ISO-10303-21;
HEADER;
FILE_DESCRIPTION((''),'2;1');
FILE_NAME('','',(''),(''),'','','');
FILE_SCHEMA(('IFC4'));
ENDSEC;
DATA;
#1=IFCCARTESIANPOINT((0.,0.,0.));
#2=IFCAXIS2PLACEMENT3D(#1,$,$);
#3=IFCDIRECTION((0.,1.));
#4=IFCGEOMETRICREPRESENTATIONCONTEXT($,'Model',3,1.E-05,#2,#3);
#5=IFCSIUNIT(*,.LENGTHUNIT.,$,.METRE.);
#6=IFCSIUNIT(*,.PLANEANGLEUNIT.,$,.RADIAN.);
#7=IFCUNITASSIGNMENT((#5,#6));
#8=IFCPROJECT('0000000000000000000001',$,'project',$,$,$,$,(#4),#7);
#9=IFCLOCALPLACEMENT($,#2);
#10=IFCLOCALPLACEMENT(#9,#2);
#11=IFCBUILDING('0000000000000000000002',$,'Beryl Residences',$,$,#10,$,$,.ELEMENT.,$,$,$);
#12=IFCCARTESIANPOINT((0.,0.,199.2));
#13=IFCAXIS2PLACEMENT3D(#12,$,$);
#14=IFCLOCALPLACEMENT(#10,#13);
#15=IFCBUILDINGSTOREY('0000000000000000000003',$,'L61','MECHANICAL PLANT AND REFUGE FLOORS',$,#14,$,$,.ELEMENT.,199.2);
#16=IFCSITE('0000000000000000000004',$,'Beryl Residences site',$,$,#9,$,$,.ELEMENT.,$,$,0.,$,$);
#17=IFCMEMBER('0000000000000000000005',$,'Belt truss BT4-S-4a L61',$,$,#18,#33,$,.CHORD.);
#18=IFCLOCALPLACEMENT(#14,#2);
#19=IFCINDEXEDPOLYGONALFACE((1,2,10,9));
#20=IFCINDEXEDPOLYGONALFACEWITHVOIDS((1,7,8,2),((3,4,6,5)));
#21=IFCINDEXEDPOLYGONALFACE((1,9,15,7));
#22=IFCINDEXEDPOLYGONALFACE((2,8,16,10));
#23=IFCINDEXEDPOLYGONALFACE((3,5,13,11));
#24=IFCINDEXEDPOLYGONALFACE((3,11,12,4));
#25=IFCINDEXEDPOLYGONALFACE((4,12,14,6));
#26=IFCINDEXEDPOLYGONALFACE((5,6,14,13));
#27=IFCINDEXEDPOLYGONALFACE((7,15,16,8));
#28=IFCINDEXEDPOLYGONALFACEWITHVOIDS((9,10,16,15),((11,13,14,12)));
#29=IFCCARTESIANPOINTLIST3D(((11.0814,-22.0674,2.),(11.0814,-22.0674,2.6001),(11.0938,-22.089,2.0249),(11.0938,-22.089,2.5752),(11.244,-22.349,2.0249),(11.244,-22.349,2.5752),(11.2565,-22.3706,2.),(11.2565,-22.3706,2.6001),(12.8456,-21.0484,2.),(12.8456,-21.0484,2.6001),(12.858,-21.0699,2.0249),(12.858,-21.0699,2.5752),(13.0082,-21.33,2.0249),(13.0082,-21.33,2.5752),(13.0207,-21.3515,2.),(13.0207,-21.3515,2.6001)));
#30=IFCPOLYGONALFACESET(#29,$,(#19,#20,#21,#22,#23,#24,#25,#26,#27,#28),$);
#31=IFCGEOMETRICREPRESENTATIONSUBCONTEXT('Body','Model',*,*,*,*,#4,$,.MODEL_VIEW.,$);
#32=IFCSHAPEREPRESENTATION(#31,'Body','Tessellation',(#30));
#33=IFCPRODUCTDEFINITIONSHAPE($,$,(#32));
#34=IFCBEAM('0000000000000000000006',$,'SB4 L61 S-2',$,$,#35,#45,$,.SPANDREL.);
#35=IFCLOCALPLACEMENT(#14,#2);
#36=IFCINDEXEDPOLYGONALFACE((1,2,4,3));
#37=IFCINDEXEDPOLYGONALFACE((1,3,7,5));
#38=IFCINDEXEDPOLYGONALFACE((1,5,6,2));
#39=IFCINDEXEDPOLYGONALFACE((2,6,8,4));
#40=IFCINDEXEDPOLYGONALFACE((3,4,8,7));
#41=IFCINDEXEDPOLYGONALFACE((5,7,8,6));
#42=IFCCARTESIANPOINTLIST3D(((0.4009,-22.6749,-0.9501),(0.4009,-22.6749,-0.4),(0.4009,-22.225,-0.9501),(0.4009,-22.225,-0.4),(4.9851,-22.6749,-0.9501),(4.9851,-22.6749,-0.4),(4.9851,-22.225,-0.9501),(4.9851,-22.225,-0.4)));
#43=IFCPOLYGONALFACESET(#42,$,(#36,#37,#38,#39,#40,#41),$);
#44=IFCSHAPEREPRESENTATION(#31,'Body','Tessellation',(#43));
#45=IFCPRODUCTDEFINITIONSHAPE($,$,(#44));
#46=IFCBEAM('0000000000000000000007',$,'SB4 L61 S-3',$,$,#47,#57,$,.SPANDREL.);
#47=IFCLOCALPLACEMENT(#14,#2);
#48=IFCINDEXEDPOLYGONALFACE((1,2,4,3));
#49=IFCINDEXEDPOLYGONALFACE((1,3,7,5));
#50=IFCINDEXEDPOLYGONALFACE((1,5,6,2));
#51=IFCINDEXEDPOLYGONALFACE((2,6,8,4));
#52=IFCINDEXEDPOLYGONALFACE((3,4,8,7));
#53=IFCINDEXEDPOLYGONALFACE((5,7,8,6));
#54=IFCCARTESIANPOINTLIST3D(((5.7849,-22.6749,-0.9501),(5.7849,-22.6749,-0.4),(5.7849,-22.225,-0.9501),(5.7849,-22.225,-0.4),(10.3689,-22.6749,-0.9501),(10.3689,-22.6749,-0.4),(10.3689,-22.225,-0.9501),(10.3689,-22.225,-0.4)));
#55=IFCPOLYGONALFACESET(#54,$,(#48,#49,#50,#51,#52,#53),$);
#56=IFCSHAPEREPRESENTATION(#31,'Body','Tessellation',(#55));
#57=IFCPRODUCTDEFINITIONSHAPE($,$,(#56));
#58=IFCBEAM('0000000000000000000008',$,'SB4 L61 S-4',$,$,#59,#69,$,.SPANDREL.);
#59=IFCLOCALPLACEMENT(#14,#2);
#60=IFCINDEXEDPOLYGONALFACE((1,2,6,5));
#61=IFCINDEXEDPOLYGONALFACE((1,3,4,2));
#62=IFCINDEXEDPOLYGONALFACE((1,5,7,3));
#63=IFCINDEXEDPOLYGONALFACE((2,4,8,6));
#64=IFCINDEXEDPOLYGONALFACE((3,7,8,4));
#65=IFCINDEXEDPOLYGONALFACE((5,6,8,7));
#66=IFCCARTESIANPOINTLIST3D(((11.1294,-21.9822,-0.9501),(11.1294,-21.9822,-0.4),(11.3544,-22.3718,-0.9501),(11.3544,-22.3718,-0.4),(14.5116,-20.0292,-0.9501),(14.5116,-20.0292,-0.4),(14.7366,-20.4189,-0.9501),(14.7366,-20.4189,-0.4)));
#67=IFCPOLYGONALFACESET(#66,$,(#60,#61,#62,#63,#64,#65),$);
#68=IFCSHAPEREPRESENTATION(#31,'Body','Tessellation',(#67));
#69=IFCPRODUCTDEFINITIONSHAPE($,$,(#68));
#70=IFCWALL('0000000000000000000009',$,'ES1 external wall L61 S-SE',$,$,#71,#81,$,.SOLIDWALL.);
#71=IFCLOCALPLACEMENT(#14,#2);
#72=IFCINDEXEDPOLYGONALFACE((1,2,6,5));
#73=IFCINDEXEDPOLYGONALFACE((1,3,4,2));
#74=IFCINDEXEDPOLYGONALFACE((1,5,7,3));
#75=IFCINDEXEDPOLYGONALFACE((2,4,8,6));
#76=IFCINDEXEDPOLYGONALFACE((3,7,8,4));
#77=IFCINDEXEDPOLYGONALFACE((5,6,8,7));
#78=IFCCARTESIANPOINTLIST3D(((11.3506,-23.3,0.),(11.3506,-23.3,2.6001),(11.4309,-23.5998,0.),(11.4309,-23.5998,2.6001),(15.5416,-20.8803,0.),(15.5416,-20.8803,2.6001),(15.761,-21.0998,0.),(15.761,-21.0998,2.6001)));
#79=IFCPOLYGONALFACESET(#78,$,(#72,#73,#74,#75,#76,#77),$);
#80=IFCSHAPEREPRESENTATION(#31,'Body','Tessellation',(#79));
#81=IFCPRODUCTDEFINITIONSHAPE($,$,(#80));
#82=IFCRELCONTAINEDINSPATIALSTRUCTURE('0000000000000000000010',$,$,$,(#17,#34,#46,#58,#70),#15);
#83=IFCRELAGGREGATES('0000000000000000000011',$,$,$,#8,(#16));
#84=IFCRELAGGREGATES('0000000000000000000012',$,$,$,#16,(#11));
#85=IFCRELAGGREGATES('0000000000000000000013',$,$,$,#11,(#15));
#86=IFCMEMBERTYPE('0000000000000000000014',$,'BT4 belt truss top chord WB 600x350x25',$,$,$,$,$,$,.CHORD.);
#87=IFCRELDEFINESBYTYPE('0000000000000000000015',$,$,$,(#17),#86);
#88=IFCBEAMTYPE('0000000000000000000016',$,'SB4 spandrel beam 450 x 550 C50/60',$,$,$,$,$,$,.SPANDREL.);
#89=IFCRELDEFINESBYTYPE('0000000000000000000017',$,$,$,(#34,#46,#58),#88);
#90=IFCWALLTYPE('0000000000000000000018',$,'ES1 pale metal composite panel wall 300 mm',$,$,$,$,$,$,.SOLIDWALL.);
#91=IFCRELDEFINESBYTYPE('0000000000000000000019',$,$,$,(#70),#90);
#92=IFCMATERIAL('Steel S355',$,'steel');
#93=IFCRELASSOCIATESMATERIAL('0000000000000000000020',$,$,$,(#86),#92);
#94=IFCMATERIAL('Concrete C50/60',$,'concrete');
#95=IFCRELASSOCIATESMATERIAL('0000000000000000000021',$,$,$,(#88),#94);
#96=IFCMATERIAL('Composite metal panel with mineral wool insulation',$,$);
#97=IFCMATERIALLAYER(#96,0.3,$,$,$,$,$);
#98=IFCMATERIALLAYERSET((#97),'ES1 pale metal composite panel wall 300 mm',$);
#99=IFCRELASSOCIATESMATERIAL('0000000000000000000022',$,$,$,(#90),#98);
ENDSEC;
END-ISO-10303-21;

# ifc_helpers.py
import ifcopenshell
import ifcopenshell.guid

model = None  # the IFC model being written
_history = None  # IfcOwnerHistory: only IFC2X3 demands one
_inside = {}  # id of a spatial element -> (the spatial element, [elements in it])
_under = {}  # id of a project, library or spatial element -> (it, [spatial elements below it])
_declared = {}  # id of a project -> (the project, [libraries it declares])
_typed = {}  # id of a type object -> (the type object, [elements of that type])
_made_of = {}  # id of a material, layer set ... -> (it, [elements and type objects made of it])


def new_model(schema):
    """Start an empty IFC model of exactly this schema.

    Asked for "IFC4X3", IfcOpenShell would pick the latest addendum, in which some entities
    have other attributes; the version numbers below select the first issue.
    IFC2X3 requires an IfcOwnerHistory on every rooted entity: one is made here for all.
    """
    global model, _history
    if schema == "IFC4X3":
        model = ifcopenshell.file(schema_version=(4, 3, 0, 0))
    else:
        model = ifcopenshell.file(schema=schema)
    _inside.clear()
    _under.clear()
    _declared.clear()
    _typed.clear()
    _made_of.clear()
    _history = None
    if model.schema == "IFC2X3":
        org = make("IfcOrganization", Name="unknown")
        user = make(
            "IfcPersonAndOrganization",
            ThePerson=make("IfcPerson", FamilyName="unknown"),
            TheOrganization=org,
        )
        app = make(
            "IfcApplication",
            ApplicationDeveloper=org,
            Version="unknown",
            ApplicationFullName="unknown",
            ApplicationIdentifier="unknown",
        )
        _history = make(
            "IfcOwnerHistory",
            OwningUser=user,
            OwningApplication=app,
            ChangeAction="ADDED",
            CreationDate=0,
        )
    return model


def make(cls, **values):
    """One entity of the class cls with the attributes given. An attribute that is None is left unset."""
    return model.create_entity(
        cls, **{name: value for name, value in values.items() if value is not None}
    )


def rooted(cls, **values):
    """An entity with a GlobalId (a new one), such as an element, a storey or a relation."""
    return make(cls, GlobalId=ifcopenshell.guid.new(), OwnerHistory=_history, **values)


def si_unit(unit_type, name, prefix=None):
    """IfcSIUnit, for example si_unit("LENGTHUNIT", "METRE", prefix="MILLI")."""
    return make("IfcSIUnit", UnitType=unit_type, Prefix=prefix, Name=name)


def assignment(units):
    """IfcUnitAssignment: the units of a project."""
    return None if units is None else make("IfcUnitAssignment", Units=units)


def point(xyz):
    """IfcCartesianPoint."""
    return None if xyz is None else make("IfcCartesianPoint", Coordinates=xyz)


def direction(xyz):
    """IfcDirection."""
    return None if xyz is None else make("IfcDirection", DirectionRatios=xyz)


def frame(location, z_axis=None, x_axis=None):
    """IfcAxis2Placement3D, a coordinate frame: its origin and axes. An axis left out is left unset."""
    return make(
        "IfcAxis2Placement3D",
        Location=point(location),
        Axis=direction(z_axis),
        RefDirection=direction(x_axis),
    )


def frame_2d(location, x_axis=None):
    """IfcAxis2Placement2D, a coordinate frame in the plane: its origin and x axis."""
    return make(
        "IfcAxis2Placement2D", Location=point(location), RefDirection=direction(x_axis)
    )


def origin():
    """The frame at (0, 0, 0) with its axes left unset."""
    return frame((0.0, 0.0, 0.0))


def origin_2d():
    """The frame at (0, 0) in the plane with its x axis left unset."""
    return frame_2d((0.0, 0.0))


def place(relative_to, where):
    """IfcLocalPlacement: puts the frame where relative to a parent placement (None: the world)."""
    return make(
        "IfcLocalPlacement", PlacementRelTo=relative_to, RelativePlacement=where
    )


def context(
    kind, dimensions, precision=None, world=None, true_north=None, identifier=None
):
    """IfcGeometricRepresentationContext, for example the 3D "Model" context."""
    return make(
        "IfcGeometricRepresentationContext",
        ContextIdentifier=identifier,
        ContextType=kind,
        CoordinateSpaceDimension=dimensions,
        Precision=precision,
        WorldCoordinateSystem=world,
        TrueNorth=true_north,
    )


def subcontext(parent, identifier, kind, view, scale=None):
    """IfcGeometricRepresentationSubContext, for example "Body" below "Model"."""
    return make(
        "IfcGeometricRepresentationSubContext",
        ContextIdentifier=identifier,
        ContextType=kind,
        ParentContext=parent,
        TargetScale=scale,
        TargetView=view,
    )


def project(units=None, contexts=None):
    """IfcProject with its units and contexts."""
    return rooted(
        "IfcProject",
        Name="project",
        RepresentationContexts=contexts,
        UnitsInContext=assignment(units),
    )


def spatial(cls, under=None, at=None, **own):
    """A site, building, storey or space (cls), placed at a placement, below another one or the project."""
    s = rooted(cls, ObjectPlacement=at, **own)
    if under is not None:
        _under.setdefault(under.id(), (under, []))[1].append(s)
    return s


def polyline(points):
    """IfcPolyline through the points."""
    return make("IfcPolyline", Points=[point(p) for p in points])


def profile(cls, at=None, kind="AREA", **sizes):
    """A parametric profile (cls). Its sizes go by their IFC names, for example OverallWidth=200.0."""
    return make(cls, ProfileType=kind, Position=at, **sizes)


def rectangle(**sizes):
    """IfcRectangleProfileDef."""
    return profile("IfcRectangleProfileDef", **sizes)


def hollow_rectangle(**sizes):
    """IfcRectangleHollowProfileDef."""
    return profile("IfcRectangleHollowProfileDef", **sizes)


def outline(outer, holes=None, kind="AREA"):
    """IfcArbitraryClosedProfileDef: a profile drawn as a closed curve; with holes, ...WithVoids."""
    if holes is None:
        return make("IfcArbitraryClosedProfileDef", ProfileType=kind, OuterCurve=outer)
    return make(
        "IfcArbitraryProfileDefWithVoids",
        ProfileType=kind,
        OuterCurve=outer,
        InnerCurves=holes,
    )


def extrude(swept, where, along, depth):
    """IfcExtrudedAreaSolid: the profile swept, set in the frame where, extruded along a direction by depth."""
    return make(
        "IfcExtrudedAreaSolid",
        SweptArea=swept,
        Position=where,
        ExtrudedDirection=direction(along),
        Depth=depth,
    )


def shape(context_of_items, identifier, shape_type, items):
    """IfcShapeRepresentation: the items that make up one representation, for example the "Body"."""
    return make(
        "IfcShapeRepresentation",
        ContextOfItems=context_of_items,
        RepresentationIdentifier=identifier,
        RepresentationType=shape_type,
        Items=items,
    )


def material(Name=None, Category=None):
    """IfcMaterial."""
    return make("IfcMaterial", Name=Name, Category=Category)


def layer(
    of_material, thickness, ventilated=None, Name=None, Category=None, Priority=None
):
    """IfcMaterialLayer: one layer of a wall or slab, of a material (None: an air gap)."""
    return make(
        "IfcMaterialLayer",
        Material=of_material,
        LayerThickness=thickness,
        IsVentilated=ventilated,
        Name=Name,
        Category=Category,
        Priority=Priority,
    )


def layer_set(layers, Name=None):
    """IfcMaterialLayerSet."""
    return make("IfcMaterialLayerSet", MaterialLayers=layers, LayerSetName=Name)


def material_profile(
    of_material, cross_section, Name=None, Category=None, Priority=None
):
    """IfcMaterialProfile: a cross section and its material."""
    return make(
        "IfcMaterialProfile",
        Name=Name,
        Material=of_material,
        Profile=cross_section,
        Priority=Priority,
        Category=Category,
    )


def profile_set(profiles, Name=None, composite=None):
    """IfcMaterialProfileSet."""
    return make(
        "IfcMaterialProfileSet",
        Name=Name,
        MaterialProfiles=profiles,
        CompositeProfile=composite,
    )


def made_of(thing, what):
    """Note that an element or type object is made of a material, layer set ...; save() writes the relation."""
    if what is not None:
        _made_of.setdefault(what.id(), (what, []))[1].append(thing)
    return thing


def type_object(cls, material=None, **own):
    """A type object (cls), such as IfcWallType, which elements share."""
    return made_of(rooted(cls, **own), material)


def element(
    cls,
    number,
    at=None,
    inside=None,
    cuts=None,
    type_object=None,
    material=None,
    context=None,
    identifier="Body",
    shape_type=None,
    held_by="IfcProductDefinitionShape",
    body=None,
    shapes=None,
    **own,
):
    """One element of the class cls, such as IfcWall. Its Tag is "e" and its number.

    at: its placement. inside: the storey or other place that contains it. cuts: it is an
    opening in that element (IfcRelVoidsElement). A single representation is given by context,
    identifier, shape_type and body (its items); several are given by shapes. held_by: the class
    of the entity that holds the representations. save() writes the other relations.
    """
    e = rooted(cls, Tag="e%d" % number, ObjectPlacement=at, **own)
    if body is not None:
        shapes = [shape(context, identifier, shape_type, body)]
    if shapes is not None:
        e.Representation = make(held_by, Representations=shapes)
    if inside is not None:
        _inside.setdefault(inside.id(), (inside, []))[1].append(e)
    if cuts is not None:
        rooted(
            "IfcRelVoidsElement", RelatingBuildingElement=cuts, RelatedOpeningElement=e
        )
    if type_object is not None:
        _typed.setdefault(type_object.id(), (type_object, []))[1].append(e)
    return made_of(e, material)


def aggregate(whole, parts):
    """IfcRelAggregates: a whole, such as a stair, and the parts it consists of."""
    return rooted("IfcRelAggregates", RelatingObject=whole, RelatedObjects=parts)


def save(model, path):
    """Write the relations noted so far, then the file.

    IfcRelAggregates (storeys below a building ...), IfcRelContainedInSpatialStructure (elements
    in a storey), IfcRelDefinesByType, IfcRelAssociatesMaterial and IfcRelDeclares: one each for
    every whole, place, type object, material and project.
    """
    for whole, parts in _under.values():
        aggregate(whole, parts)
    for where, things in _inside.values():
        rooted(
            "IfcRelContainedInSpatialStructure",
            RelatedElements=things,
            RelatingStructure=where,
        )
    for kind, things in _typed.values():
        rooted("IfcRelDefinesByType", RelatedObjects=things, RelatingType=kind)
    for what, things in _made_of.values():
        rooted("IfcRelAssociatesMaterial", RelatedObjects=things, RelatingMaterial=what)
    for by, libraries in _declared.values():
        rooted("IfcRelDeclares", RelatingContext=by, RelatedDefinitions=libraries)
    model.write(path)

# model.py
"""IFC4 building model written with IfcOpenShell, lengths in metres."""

from ifc_helpers import new_model, si_unit, direction, frame, origin, origin_2d, place, context, subcontext, project, spatial, polyline, rectangle, hollow_rectangle, outline, extrude, material, layer, layer_set, material_profile, profile_set, type_object, element, save


model = new_model("IFC4")

# Units and contexts
model_context = context("Model", 3, precision=1e-05, world=origin(), true_north=direction((0.0, 1.0)))
body_context = subcontext(model_context, "Body", "Model", "MODEL_VIEW")
ifc_project = project(units=[si_unit("LENGTHUNIT", "METRE"), si_unit("PLANEANGLEUNIT", "RADIAN")], contexts=[model_context])

# Site, building, storey
site_placement = place(None, origin())
site = spatial("IfcSite", under=ifc_project, at=site_placement, Name="Beryl Residences site", CompositionType="ELEMENT", RefElevation=0.0)
building_placement = place(site_placement, origin())
building = spatial("IfcBuilding", under=site, at=building_placement, Name="Beryl Residences", CompositionType="ELEMENT")
storey_placement = place(building_placement, frame((0.0, 0.0, 199.2)))
storey = spatial("IfcBuildingStorey", under=building, at=storey_placement, Name="L61", Description="MECHANICAL PLANT AND REFUGE FLOORS", CompositionType="ELEMENT", Elevation=199.2)

# Member
ifc_material_1 = material(Name="Steel S355", Category="steel")
ifc_material_profile_1 = material_profile(ifc_material_1, hollow_rectangle(XDim=0.3501, YDim=0.6001, WallThickness=0.0249, at=origin_2d()))
ifc_profile_set_1 = profile_set([ifc_material_profile_1], Name="Steel S355")
member_type_1 = type_object("IfcMemberType", Name="BT4 belt truss top chord WB 600x350x25", PredefinedType="CHORD", material=ifc_profile_set_1)
member_1_placement = place(storey_placement, frame((11.1689, -22.219, 2.3), z_axis=(0.865918, 0.500186, 0.0), x_axis=(-0.500186, 0.865918, 0.0)))
element("IfcMember", 1, at=member_1_placement, inside=storey, type_object=member_type_1, Name="Belt truss BT4-S-4a L61", PredefinedType="CHORD", context=body_context, shape_type="SweptSolid", body=[
    extrude(hollow_rectangle(XDim=0.3501, YDim=0.6001, WallThickness=0.0249, at=origin_2d()), origin(), (0.0, 0.0, 1.0), 2.0374),
])

# Beams
ifc_material_2 = material(Name="Concrete C50/60", Category="concrete")
ifc_material_profile_2 = material_profile(ifc_material_2, rectangle(XDim=0.45, YDim=0.55, at=origin_2d()))
ifc_profile_set_2 = profile_set([ifc_material_profile_2], Name="Concrete C50/60")
beam_type = type_object("IfcBeamType", Name="SB4 spandrel beam 450 x 550 C50/60", PredefinedType="SPANDREL", material=ifc_profile_set_2)
beam_1_placement = place(storey_placement, frame((0.4009, -22.45, -0.675), z_axis=(1.0, 0.0, 0.0), x_axis=(0.0, 1.0, 0.0)))
element("IfcBeam", 2, at=beam_1_placement, inside=storey, type_object=beam_type, Name="SB4 L61 S-2", PredefinedType="SPANDREL", context=body_context, shape_type="SweptSolid", body=[
    extrude(rectangle(XDim=0.45, YDim=0.55, at=origin_2d()), origin(), (0.0, 0.0, 1.0), 4.5842),
])
beam_2_placement = place(storey_placement, frame((5.7849, -22.45, -0.675), z_axis=(1.0, 0.0, 0.0), x_axis=(0.0, 1.0, 0.0)))
element("IfcBeam", 3, at=beam_2_placement, inside=storey, type_object=beam_type, Name="SB4 L61 S-3", PredefinedType="SPANDREL", context=body_context, shape_type="SweptSolid", body=[
    extrude(rectangle(XDim=0.45, YDim=0.55, at=origin_2d()), origin(), (0.0, 0.0, 1.0), 4.584),
])
beam_3_placement = place(storey_placement, frame((11.2419, -22.177, -0.675), z_axis=(0.865999, 0.500045, 0.0), x_axis=(-0.500045, 0.865999, 0.0)))
element("IfcBeam", 4, at=beam_3_placement, inside=storey, type_object=beam_type, Name="SB4 L61 S-4", PredefinedType="SPANDREL", context=body_context, shape_type="SweptSolid", body=[
    extrude(rectangle(XDim=0.45, YDim=0.55, at=origin_2d()), origin(), (0.0, 0.0, 1.0), 3.9055),
])

# Wall
ifc_material_3 = material(Name="Composite metal panel with mineral wool insulation")
ifc_layer = layer(ifc_material_3, 0.3)
ifc_layer_set = layer_set([ifc_layer], Name="ES1 pale metal composite panel wall 300 mm")
wall_type = type_object("IfcWallType", Name="ES1 pale metal composite panel wall 300 mm", PredefinedType="SOLIDWALL", material=ifc_layer_set)
wall_placement = place(storey_placement, frame((11.356, -23.47, 0.0), z_axis=(0.0, 0.0, 1.0), x_axis=(0.866023, 0.500004, 0.0)))
element("IfcWall", 5, at=wall_placement, inside=storey, type_object=wall_type, Name="ES1 external wall L61 S-SE", PredefinedType="SOLIDWALL", context=body_context, shape_type="SweptSolid", body=[
    extrude(outline(polyline([(0.0, -0.1499), (5.0, -0.1499), (4.9197, 0.1499), (0.0803, 0.1499), (0.0, -0.1499)])), origin(), (0.0, 0.0, 1.0), 2.6001),
])

save(model, "model.ifc")
